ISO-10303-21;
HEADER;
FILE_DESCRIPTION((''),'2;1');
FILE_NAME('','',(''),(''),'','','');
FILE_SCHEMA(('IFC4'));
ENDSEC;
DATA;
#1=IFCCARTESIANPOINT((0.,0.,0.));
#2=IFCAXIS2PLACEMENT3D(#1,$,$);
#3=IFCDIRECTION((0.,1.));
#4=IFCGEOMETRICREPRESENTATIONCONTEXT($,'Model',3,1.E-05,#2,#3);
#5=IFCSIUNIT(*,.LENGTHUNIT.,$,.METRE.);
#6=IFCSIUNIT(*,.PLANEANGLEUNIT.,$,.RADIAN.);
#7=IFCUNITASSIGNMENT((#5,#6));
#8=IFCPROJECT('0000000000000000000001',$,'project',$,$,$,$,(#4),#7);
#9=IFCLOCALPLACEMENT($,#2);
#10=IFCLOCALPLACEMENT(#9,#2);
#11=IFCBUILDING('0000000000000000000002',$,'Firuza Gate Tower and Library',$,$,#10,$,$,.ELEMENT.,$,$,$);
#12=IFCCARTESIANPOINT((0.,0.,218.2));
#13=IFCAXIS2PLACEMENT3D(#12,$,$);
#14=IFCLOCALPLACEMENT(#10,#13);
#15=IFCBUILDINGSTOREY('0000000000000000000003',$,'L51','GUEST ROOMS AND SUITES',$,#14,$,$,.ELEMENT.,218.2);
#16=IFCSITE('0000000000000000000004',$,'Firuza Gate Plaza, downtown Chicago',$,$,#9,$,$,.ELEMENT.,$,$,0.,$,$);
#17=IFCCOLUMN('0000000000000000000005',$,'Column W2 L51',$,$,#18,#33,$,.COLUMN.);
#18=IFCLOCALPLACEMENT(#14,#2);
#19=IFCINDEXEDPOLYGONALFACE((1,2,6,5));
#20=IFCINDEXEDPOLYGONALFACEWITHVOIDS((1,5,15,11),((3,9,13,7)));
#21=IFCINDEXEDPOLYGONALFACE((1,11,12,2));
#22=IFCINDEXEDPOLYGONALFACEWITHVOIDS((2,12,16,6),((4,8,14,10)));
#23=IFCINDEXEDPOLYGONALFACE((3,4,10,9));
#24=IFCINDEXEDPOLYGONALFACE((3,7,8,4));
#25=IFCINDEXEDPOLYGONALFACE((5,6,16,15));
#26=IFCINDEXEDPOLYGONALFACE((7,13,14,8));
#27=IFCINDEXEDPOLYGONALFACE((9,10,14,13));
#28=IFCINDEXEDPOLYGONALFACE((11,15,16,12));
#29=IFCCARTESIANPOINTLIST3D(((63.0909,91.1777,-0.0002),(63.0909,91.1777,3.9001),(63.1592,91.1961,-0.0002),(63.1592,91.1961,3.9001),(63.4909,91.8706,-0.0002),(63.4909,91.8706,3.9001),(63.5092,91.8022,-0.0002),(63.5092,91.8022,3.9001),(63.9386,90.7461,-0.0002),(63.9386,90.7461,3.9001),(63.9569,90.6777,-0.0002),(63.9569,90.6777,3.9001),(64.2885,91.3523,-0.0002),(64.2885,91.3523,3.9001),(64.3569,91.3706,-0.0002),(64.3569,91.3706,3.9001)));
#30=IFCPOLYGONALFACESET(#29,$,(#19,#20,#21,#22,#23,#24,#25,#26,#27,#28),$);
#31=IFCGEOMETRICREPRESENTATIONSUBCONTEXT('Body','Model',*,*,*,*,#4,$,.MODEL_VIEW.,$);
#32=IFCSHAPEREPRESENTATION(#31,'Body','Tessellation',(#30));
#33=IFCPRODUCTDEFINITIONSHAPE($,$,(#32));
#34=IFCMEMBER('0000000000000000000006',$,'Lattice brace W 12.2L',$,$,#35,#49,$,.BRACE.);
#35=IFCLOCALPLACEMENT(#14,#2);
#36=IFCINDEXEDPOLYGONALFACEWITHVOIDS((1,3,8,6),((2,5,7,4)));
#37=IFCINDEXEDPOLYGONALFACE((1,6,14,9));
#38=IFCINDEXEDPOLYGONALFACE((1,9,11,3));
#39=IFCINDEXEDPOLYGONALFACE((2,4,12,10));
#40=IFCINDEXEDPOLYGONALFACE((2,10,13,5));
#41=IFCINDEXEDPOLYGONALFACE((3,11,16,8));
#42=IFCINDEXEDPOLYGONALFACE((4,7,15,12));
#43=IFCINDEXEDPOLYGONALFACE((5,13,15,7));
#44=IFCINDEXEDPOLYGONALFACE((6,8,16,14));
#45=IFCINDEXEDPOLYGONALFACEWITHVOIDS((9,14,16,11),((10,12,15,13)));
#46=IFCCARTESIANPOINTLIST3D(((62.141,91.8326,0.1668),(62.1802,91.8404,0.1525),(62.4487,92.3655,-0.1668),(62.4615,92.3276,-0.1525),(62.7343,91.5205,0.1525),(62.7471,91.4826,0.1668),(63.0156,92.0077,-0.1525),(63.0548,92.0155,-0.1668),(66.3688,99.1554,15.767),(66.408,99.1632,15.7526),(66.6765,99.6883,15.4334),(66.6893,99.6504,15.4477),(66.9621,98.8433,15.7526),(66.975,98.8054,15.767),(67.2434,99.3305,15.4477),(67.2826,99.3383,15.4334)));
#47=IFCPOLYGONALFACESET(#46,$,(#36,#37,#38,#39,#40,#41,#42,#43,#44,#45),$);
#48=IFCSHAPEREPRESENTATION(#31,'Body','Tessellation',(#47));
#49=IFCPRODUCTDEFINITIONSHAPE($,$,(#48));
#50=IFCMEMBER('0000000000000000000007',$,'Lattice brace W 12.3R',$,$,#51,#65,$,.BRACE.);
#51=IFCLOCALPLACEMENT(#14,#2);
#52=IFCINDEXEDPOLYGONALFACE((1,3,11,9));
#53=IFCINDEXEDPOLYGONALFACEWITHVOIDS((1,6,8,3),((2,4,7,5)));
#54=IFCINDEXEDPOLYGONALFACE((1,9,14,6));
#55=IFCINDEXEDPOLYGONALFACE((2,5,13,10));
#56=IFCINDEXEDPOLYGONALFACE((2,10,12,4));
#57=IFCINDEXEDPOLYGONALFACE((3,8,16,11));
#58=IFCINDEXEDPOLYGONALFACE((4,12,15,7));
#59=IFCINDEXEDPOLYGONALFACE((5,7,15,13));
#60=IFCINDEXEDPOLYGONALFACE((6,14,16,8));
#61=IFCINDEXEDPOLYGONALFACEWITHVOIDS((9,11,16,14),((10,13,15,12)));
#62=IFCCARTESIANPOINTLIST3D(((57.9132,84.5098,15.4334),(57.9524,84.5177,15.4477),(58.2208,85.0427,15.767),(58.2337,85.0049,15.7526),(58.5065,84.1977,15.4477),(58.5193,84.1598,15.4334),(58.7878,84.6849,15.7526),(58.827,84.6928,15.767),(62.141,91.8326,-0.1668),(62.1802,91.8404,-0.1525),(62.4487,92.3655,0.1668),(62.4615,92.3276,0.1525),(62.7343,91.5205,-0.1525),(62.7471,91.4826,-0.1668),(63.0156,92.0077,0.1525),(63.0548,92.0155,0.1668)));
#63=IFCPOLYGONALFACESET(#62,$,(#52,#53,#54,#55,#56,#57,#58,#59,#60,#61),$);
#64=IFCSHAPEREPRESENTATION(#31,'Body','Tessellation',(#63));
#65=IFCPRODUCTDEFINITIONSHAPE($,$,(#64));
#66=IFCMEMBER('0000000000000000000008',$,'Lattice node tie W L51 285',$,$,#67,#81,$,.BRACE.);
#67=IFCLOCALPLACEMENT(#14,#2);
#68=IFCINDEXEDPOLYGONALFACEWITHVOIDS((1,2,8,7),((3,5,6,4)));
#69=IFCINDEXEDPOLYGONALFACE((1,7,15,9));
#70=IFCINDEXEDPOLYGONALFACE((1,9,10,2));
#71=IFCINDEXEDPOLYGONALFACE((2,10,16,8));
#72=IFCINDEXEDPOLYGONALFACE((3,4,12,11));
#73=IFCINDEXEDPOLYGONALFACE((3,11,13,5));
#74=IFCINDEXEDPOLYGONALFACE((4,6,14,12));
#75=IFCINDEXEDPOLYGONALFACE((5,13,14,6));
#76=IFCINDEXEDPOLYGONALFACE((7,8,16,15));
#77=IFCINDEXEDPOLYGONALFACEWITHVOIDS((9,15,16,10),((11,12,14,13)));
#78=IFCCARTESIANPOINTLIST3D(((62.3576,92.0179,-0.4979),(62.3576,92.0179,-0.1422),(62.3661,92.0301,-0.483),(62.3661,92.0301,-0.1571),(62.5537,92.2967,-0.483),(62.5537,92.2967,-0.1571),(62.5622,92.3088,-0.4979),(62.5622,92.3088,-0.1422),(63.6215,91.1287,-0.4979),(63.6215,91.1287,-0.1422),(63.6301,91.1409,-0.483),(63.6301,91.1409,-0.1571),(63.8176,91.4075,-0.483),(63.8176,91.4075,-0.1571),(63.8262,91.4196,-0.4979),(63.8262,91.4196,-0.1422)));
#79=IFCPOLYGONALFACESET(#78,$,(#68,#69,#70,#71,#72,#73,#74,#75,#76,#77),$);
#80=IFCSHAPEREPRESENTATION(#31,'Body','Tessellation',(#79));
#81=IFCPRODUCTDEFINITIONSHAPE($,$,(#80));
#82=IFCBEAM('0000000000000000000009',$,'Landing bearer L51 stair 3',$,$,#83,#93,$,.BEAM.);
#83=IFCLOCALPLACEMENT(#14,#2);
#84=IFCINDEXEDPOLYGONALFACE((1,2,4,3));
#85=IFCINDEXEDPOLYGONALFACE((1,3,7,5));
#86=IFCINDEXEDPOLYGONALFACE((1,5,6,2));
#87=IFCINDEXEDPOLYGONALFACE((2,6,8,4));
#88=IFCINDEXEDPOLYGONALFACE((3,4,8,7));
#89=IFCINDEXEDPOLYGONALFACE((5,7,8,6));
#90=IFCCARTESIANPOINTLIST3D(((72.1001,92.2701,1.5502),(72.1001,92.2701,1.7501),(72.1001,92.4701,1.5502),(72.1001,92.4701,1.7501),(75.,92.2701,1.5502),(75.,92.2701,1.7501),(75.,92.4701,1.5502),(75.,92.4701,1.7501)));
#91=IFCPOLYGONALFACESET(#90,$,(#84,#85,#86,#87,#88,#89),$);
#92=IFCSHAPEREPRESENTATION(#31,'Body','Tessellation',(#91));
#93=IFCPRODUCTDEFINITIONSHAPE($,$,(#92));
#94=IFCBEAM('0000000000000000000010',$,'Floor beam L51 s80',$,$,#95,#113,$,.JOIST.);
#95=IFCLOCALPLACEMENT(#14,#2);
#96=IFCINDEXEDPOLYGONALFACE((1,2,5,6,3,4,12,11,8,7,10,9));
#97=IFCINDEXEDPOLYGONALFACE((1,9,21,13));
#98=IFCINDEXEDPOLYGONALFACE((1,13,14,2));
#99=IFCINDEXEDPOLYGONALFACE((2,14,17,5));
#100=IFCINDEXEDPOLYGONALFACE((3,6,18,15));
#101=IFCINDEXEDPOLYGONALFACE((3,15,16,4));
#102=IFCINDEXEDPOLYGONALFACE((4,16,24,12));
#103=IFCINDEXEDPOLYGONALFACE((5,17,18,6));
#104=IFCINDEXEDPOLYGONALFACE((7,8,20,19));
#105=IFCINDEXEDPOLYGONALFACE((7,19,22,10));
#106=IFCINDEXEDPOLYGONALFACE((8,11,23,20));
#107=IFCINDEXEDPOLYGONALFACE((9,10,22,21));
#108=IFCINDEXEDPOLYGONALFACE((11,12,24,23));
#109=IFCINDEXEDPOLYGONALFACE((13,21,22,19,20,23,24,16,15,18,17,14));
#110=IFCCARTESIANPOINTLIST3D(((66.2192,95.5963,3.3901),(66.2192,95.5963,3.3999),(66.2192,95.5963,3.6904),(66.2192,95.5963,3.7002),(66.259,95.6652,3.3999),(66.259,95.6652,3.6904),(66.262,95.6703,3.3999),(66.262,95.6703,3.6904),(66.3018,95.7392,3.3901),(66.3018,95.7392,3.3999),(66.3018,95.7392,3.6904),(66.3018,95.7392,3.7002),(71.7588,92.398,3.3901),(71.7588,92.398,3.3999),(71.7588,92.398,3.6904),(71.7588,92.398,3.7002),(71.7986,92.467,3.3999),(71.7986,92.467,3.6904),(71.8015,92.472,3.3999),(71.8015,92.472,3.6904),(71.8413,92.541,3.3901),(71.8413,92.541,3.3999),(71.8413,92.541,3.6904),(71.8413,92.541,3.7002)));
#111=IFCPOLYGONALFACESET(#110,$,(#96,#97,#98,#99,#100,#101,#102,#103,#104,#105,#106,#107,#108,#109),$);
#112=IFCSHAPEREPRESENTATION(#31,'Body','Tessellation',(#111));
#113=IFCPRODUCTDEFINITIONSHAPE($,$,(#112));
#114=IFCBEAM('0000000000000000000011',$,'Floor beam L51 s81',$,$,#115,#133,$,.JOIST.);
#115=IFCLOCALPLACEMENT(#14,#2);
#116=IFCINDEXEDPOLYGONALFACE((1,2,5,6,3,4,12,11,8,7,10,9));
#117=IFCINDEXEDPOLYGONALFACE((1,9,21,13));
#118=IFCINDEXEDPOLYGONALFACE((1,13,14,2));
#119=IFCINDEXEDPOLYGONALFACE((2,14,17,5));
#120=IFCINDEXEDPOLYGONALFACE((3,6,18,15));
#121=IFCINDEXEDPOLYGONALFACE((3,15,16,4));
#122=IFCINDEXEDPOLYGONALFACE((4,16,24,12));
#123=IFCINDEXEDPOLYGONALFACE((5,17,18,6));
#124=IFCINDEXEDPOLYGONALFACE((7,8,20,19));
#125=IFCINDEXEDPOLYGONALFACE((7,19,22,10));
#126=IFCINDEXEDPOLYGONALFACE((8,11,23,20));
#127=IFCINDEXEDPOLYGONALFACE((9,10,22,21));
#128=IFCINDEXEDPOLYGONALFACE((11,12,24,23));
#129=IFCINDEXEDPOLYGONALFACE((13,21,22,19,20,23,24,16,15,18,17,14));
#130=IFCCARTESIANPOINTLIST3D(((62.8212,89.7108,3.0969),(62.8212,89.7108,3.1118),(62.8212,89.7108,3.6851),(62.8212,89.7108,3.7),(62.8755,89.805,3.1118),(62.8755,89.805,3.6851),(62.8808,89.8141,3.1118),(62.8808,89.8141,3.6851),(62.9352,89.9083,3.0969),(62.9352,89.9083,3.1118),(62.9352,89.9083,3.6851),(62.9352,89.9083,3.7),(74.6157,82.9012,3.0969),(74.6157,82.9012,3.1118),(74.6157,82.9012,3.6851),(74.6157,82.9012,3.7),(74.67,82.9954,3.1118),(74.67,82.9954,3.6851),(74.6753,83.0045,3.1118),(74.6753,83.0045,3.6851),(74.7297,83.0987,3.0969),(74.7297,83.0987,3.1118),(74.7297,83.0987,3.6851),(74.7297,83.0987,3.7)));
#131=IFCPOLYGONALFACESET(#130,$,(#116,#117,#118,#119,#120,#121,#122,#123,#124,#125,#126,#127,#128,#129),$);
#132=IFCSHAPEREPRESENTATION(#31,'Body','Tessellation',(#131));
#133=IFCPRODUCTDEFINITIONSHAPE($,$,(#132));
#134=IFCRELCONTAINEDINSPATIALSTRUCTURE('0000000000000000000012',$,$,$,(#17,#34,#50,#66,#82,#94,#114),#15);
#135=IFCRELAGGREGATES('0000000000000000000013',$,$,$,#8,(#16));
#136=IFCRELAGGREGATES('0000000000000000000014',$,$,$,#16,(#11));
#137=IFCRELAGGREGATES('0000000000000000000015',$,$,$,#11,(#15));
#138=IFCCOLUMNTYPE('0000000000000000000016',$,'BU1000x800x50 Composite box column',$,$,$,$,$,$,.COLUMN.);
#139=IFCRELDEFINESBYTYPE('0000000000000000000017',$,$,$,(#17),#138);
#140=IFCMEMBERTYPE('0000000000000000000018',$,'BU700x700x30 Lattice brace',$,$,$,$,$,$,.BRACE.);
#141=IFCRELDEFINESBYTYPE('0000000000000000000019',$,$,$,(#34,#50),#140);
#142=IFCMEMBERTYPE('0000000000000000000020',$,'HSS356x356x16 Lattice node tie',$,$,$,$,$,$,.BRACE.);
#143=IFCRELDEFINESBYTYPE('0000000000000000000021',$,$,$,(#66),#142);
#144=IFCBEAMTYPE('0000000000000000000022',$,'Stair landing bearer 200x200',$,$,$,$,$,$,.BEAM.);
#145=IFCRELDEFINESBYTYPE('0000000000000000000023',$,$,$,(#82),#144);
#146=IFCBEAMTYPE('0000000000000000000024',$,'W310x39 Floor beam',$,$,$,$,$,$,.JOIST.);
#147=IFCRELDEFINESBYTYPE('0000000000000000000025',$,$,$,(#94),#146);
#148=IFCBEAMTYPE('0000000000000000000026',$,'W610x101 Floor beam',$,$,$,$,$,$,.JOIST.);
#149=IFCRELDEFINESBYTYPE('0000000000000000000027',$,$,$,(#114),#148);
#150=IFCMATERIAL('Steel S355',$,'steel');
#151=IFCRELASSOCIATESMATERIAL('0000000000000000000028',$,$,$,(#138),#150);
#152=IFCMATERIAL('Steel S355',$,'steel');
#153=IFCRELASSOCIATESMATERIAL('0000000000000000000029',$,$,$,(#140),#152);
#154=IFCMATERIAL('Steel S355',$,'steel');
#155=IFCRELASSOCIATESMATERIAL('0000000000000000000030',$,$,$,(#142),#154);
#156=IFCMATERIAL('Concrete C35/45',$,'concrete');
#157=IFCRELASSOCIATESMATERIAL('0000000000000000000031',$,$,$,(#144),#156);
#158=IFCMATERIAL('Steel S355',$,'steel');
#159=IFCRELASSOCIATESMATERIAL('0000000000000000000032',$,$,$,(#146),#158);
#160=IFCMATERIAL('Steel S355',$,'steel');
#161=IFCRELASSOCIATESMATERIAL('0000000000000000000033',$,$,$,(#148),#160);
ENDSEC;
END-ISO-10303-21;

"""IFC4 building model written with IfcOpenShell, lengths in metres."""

from ifc_helpers import new_model, si_unit, direction, frame, origin, origin_2d, place, context, subcontext, project, spatial, rectangle, hollow_rectangle, i_section, extrude, material, material_profile, profile_set, type_object, element, save


model = new_model("IFC4")

# Units and contexts
model_context = context("Model", 3, precision=1e-05, world=origin(), true_north=direction((0.0, 1.0)))
body_context = subcontext(model_context, "Body", "Model", "MODEL_VIEW")
ifc_project = project(units=[si_unit("LENGTHUNIT", "METRE"), si_unit("PLANEANGLEUNIT", "RADIAN")], contexts=[model_context])

# Site, building, storey
site_placement = place(None, origin())
site = spatial("IfcSite", under=ifc_project, at=site_placement, Name="Firuza Gate Plaza, downtown Chicago", CompositionType="ELEMENT", RefElevation=0.0)
building_placement = place(site_placement, origin())
building = spatial("IfcBuilding", under=site, at=building_placement, Name="Firuza Gate Tower and Library", CompositionType="ELEMENT")
storey_placement = place(building_placement, frame((0.0, 0.0, 218.2)))
storey = spatial("IfcBuildingStorey", under=building, at=storey_placement, Name="L51", Description="GUEST ROOMS AND SUITES", CompositionType="ELEMENT", Elevation=218.2)

# Column
ifc_material_1 = material(Name="Steel S355", Category="steel")
ifc_material_profile_1 = material_profile(ifc_material_1, hollow_rectangle(XDim=0.8, YDim=1.0, WallThickness=0.05, at=origin_2d()))
ifc_profile_set_1 = profile_set([ifc_material_profile_1], Name="Steel S355")
column_type = type_object("IfcColumnType", Name="BU1000x800x50 Composite box column", PredefinedType="COLUMN", material=ifc_profile_set_1)
column_placement = place(storey_placement, frame((63.7239, 91.2742, -0.0002), z_axis=(0.0, 0.0, 1.0), x_axis=(-0.5, -0.866025, 0.0)))
element("IfcColumn", 1, at=column_placement, inside=storey, type_object=column_type, Name="Column W2 L51", PredefinedType="COLUMN", context=body_context, shape_type="SweptSolid", body=[
    extrude(hollow_rectangle(XDim=0.8, YDim=1.0, WallThickness=0.05, at=origin_2d()), origin(), (0.0, 0.0, 1.0), 3.9004),
])

# Members
ifc_material_2 = material(Name="Steel S355", Category="steel")
ifc_material_profile_2 = material_profile(ifc_material_2, hollow_rectangle(XDim=0.7, YDim=0.7, WallThickness=0.03, at=origin_2d()))
ifc_profile_set_2 = profile_set([ifc_material_profile_2], Name="Steel S355")
member_type_1 = type_object("IfcMemberType", Name="BU700x700x30 Lattice brace", PredefinedType="BRACE", material=ifc_profile_set_2)
for number, where, z_axis, x_axis, name in (
    (2, (62.5979, 91.9241, 0.0), (0.238262, 0.412682, 0.879161), (-0.866026, 0.499999, 0.0), "Lattice brace W 12.2L"),
    (3, (62.5979, 91.9241, 0.0), (-0.238262, -0.412682, 0.879161), (0.866026, -0.499999, 0.0), "Lattice brace W 12.3R"),
):
    element("IfcMember", number, at=place(storey_placement, frame(where, z_axis=z_axis, x_axis=x_axis)), inside=storey, type_object=member_type_1, Name=name, PredefinedType="BRACE", context=body_context, shape_type="SweptSolid", body=[
        extrude(hollow_rectangle(XDim=0.7, YDim=0.7, WallThickness=0.03, at=origin_2d()), origin(), (0.0, 0.0, 1.0), 17.7444),
    ])
ifc_material_3 = material(Name="Steel S355", Category="steel")
ifc_material_profile_3 = material_profile(ifc_material_3, hollow_rectangle(XDim=0.3557, YDim=0.3557, WallThickness=0.0149, at=origin_2d()))
ifc_profile_set_3 = profile_set([ifc_material_profile_3], Name="Steel S355")
member_type_2 = type_object("IfcMemberType", Name="HSS356x356x16 Lattice node tie", PredefinedType="BRACE", material=ifc_profile_set_3)
member_placement = place(storey_placement, frame((63.7239, 91.2742, -0.3201), z_axis=(-0.817886, 0.57538, 0.0), x_axis=(-0.57538, -0.817886, 0.0)))
element("IfcMember", 4, at=member_placement, inside=storey, type_object=member_type_2, Name="Lattice node tie W L51 285", PredefinedType="BRACE", context=body_context, shape_type="SweptSolid", body=[
    extrude(hollow_rectangle(XDim=0.3557, YDim=0.3557, WallThickness=0.0149, at=origin_2d()), origin(), (0.0, 0.0, 1.0), 1.5454),
])

# Beams
ifc_material_4 = material(Name="Concrete C35/45", Category="concrete")
ifc_material_profile_4 = material_profile(ifc_material_4, rectangle(XDim=0.2, YDim=0.2, at=origin_2d()))
ifc_profile_set_4 = profile_set([ifc_material_profile_4], Name="Concrete C35/45")
beam_type_1 = type_object("IfcBeamType", Name="Stair landing bearer 200x200", PredefinedType="BEAM", material=ifc_profile_set_4)
beam_1_placement = place(storey_placement, frame((75.0, 92.3701, 1.6501), z_axis=(-1.0, 0.0, 0.0), x_axis=(0.0, -1.0, 0.0)))
element("IfcBeam", 5, at=beam_1_placement, inside=storey, type_object=beam_type_1, Name="Landing bearer L51 stair 3", PredefinedType="BEAM", context=body_context, shape_type="SweptSolid", body=[
    extrude(rectangle(XDim=0.2, YDim=0.2, at=origin_2d()), origin(), (0.0, 0.0, 1.0), 2.8999),
])
ifc_material_5 = material(Name="Steel S355", Category="steel")
ifc_material_profile_5 = material_profile(ifc_material_5, i_section(OverallWidth=0.165, OverallDepth=0.3101, WebThickness=0.0059, FlangeThickness=0.0098, at=origin_2d()))
ifc_profile_set_5 = profile_set([ifc_material_profile_5], Name="Steel S355")
beam_type_2 = type_object("IfcBeamType", Name="W310x39 Floor beam", PredefinedType="JOIST", material=ifc_profile_set_5)
beam_2_placement = place(storey_placement, frame((66.2605, 95.6677, 3.5452), z_axis=(0.866027, -0.499998, 0.0), x_axis=(0.499998, 0.866027, 0.0)))
element("IfcBeam", 6, at=beam_2_placement, inside=storey, type_object=beam_type_2, Name="Floor beam L51 s80", PredefinedType="JOIST", context=body_context, shape_type="SweptSolid", body=[
    extrude(i_section(OverallWidth=0.165, OverallDepth=0.3101, WebThickness=0.0059, FlangeThickness=0.0098, at=origin_2d()), origin(), (0.0, 0.0, 1.0), 6.3965),
])
ifc_material_6 = material(Name="Steel S355", Category="steel")
ifc_material_profile_6 = material_profile(ifc_material_6, i_section(OverallWidth=0.228, OverallDepth=0.603, WebThickness=0.0105, FlangeThickness=0.0149, at=origin_2d()))
ifc_profile_set_6 = profile_set([ifc_material_profile_6], Name="Steel S355")
beam_type_3 = type_object("IfcBeamType", Name="W610x101 Floor beam", PredefinedType="JOIST", material=ifc_profile_set_6)
beam_3_placement = place(storey_placement, frame((62.8782, 89.8096, 3.3984), z_axis=(0.866024, -0.500003, 0.0), x_axis=(0.500003, 0.866024, 0.0)))
element("IfcBeam", 7, at=beam_3_placement, inside=storey, type_object=beam_type_3, Name="Floor beam L51 s81", PredefinedType="JOIST", context=body_context, shape_type="SweptSolid", body=[
    extrude(i_section(OverallWidth=0.228, OverallDepth=0.603, WebThickness=0.0105, FlangeThickness=0.0149, at=origin_2d()), origin(), (0.0, 0.0, 1.0), 13.6191),
])

save(model, "model.ifc")
